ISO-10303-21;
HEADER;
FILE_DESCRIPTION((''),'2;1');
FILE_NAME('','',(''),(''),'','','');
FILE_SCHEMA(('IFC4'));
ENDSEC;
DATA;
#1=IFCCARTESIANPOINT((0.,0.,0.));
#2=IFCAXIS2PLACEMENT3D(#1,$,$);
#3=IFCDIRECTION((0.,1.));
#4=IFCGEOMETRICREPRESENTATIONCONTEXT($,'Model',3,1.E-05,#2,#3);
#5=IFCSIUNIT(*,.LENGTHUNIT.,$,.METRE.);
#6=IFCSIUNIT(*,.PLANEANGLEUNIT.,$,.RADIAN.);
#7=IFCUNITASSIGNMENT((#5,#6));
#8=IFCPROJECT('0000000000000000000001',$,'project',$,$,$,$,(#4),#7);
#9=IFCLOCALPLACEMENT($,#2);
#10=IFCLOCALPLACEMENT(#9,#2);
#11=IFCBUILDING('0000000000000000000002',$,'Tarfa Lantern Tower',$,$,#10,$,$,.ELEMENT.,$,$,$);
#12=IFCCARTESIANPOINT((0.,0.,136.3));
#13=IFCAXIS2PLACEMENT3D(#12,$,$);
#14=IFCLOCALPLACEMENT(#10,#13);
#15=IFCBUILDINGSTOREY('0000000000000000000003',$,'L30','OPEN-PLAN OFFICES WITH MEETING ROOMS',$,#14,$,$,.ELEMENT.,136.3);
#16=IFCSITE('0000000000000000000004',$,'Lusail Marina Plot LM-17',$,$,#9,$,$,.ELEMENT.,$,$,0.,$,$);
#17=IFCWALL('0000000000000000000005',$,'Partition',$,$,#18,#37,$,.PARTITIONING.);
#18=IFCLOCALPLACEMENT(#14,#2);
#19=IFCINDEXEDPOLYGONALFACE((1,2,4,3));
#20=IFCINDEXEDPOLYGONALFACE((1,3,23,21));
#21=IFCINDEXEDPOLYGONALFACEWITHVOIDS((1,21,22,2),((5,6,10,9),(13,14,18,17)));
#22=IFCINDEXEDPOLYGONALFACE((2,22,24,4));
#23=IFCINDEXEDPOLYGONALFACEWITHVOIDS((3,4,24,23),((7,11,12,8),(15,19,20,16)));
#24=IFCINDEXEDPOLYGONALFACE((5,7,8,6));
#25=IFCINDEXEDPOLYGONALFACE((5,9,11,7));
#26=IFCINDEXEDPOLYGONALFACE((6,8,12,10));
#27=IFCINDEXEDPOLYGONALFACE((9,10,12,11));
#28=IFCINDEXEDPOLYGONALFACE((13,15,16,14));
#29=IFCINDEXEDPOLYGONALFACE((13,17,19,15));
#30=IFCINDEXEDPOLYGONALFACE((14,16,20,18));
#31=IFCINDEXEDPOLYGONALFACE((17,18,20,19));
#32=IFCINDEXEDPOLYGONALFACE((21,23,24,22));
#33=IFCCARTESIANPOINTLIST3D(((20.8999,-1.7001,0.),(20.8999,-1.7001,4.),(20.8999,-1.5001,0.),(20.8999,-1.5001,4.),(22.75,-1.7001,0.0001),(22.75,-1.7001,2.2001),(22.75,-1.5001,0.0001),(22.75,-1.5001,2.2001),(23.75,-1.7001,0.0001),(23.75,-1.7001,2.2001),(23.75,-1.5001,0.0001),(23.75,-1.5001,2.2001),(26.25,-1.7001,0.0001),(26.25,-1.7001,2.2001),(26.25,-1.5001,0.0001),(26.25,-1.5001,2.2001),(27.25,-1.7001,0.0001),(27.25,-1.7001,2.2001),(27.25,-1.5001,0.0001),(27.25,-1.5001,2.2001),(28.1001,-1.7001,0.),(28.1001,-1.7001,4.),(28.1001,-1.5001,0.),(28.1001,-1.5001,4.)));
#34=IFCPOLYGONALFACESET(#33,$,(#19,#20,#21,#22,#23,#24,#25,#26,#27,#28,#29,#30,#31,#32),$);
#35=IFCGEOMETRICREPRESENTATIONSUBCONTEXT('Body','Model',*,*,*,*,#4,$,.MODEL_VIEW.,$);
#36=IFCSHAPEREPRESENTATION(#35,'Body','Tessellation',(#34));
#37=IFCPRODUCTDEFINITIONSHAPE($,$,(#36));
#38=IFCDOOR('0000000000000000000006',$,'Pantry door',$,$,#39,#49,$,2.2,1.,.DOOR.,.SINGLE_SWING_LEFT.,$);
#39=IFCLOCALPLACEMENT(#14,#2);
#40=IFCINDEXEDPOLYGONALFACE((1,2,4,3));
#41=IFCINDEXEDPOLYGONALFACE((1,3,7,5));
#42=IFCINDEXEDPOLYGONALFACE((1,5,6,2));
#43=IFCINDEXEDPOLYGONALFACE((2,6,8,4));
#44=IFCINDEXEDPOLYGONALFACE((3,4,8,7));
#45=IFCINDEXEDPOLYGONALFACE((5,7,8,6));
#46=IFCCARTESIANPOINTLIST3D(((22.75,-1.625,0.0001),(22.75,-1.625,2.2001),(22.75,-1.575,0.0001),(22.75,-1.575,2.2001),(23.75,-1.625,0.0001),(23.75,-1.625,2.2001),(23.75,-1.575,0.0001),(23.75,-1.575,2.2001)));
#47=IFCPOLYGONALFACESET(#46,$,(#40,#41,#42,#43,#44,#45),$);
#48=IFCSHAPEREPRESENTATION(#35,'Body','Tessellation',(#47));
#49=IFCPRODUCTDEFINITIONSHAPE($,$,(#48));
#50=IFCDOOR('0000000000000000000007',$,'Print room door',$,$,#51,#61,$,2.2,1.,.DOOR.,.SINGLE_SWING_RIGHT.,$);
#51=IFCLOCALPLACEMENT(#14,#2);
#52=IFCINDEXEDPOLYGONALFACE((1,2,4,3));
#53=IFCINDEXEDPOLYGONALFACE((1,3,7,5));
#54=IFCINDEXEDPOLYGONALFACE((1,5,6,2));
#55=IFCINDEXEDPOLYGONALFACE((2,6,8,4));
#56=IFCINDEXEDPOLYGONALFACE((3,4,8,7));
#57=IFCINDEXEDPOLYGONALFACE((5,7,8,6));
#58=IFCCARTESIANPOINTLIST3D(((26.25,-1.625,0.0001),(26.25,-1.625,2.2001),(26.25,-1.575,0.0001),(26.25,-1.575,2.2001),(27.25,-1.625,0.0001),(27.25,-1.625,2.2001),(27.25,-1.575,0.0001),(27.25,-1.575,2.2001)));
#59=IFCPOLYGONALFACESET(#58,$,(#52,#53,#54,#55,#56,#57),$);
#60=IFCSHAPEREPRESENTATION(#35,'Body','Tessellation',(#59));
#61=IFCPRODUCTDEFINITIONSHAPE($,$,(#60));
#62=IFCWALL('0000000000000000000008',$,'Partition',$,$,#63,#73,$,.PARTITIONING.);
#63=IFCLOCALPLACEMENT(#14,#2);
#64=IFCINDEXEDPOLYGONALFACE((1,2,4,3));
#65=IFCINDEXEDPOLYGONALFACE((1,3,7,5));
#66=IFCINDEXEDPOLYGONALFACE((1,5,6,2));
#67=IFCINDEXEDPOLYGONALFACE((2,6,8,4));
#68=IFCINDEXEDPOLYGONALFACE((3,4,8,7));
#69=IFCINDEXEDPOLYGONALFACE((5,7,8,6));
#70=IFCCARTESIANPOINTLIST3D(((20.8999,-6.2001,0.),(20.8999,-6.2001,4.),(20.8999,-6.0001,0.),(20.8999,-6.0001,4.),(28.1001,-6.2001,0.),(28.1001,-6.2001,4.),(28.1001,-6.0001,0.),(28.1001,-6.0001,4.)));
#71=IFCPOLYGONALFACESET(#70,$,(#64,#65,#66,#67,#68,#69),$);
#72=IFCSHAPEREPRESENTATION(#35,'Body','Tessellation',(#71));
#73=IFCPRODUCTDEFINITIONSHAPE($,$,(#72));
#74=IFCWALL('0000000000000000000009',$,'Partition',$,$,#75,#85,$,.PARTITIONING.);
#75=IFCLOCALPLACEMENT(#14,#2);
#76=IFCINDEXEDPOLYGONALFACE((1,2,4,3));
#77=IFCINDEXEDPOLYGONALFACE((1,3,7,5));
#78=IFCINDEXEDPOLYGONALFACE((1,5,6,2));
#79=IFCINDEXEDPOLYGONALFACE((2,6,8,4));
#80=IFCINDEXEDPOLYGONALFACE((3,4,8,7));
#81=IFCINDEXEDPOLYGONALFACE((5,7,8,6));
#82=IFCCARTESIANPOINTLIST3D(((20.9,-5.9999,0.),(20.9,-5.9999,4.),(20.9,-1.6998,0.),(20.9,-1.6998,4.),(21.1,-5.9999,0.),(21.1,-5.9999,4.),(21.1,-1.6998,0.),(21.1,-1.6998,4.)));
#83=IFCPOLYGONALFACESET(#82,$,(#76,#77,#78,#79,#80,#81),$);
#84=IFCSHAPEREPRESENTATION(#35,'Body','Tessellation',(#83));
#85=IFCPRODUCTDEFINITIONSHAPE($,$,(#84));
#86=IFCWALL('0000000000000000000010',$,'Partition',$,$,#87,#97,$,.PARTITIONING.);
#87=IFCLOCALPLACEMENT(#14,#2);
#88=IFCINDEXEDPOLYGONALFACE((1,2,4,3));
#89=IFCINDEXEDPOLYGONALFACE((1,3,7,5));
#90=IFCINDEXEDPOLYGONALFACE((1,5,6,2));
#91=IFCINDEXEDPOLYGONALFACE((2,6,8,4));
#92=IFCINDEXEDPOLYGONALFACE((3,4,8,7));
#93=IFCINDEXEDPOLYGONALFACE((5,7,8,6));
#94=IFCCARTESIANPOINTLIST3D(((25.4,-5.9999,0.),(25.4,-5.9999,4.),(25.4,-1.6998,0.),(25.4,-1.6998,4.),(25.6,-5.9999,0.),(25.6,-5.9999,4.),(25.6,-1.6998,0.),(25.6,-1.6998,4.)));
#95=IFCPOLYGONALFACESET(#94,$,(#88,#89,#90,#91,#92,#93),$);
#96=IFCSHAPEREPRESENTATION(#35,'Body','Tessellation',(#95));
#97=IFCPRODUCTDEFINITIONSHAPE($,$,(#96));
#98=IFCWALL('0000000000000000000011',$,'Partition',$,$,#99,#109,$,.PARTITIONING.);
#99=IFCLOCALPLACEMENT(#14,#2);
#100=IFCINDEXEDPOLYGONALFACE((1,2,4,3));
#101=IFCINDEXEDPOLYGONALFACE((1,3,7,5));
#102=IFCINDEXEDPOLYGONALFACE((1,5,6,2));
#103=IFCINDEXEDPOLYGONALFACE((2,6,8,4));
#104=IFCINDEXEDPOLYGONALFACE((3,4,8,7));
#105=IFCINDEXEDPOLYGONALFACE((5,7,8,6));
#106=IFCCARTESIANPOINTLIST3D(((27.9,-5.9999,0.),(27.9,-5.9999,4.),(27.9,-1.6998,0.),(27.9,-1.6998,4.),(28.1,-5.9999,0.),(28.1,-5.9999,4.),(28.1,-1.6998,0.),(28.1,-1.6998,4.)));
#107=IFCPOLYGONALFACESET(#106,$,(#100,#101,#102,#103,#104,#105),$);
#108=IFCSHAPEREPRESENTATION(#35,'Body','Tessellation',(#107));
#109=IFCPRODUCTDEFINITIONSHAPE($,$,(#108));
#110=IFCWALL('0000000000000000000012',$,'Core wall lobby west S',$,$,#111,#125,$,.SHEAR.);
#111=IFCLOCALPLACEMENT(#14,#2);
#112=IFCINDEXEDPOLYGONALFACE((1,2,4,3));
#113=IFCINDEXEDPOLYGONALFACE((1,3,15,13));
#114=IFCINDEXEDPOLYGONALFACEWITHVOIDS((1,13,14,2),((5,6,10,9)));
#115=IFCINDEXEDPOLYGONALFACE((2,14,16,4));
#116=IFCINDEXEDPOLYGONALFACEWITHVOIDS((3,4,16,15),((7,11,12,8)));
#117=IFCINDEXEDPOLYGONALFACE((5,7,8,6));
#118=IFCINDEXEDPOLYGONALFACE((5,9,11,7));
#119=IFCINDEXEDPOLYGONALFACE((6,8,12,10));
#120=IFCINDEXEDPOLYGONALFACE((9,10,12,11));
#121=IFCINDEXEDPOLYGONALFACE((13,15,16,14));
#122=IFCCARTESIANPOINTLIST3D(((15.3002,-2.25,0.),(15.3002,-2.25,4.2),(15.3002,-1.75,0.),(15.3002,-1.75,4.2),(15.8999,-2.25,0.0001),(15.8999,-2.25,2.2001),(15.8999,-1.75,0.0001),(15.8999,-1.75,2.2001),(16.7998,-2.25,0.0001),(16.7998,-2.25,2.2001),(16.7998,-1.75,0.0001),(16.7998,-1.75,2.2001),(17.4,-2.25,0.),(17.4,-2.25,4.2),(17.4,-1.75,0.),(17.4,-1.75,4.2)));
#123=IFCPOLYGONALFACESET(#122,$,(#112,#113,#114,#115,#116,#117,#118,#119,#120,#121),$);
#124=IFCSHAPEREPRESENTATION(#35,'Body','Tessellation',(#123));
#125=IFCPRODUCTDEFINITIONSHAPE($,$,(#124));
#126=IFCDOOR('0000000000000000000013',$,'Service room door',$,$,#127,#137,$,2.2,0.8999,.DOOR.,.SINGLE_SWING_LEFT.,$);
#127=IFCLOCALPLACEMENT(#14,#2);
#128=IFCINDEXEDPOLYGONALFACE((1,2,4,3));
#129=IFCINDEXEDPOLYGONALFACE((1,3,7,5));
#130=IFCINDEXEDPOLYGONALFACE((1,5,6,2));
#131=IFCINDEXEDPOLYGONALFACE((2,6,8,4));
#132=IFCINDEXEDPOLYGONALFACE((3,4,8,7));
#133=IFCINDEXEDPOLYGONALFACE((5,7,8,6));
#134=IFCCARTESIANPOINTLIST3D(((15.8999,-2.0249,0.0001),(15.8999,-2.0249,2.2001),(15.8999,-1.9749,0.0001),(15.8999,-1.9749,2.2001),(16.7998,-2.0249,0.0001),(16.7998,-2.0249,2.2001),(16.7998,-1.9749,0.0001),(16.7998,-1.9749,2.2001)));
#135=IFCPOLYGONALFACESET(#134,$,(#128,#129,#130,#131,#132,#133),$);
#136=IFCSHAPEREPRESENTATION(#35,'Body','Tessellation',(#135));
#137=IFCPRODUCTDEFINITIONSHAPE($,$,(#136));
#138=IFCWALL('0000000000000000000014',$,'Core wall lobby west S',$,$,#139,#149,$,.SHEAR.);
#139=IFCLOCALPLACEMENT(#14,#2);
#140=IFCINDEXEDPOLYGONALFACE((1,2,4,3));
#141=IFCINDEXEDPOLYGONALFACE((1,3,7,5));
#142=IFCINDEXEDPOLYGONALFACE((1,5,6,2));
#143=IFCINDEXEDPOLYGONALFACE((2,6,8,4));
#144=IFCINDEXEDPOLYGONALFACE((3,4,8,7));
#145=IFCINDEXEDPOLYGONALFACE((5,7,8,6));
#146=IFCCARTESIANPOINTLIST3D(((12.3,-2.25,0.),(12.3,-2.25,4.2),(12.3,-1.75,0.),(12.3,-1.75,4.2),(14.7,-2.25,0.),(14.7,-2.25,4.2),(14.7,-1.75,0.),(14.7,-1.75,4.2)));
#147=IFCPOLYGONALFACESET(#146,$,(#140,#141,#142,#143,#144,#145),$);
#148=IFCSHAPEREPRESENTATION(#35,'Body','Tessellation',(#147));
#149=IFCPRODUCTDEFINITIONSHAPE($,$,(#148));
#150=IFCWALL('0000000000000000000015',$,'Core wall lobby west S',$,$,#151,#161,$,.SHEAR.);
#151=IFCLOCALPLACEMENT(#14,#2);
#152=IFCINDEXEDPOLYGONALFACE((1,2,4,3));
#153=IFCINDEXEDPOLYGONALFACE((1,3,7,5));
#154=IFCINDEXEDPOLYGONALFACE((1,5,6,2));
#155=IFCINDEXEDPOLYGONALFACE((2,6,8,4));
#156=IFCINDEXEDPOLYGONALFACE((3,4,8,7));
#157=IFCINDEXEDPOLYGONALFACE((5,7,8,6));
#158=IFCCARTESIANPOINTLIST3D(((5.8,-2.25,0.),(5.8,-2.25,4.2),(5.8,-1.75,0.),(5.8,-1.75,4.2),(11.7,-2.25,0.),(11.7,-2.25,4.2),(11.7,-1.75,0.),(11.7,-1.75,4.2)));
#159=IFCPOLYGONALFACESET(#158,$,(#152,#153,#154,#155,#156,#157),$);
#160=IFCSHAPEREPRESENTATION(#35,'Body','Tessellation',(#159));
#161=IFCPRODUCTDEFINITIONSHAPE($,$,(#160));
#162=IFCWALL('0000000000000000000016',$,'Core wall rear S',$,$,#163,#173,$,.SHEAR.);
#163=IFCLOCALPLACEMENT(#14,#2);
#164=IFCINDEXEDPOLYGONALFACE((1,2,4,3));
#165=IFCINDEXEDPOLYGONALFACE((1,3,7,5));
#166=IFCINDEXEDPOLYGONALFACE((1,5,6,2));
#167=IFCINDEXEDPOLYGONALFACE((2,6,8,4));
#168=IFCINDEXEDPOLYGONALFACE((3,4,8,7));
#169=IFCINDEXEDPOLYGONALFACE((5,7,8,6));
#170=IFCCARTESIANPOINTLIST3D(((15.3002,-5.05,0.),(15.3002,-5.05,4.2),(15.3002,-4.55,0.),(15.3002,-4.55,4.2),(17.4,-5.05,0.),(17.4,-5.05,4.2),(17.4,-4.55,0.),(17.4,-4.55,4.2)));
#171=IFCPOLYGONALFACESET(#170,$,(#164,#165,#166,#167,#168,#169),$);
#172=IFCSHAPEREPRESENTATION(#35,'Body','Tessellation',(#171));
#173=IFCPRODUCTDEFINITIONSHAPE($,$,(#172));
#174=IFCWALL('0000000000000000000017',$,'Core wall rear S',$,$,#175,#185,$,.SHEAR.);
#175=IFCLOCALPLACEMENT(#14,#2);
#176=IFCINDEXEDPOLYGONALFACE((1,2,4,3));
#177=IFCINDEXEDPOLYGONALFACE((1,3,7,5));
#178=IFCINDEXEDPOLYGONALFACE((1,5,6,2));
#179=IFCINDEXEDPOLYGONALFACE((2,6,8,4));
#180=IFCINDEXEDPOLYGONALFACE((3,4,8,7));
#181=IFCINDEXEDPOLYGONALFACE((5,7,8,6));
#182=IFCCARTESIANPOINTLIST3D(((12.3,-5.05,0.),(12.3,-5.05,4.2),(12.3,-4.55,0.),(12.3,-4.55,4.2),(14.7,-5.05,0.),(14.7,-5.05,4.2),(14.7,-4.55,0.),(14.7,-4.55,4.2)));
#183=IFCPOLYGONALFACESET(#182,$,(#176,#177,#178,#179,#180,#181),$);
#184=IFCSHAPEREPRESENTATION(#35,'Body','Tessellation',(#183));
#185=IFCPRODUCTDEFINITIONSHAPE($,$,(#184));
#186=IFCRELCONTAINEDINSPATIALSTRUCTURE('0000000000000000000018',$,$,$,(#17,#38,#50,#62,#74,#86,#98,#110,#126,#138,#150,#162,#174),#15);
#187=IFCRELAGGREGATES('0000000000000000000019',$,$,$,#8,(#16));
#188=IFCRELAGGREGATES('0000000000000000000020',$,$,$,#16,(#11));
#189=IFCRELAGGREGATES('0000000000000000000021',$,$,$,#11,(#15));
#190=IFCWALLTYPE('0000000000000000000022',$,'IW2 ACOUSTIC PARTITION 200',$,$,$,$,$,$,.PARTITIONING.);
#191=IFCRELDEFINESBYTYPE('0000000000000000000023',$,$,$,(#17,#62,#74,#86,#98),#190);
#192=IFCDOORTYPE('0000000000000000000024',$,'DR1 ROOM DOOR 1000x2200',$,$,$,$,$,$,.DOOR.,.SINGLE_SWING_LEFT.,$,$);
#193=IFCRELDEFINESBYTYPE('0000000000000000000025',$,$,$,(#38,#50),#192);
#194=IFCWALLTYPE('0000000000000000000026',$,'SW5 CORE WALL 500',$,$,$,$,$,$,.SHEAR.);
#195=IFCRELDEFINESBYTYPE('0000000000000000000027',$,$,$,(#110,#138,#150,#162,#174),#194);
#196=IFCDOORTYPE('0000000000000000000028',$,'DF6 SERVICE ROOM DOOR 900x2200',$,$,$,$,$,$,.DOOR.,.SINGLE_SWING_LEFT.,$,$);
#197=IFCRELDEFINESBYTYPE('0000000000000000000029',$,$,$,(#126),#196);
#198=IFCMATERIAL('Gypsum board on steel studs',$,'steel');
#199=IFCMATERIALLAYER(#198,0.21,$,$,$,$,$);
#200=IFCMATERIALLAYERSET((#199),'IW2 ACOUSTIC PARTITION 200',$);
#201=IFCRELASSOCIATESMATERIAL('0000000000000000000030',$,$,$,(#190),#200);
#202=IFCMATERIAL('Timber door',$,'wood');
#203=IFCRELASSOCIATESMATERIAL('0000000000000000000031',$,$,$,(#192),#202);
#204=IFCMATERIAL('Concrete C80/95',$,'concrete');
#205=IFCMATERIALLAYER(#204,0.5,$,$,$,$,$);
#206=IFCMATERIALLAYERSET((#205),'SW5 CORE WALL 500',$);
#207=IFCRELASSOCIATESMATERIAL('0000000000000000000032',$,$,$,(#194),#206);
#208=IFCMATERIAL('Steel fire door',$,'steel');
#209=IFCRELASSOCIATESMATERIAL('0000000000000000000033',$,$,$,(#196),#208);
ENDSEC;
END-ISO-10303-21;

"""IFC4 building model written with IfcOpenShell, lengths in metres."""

from ifc_helpers import new_model, si_unit, direction, frame, frame_2d, origin, place, context, subcontext, project, spatial, rectangle, extrude, material, layer, layer_set, type_object, element, fill, save


model = new_model("IFC4")

# Units and contexts
model_context = context("Model", 3, precision=1e-05, world=origin(), true_north=direction((0.0, 1.0)))
body_context = subcontext(model_context, "Body", "Model", "MODEL_VIEW")
ifc_project = project(units=[si_unit("LENGTHUNIT", "METRE"), si_unit("PLANEANGLEUNIT", "RADIAN")], contexts=[model_context])

# Site, building, storey
site_placement = place(None, origin())
site = spatial("IfcSite", under=ifc_project, at=site_placement, Name="Lusail Marina Plot LM-17", CompositionType="ELEMENT", RefElevation=0.0)
building_placement = place(site_placement, origin())
building = spatial("IfcBuilding", under=site, at=building_placement, Name="Tarfa Lantern Tower", CompositionType="ELEMENT")
storey_placement = place(building_placement, frame((0.0, 0.0, 136.3)))
storey = spatial("IfcBuildingStorey", under=building, at=storey_placement, Name="L30", Description="OPEN-PLAN OFFICES WITH MEETING ROOMS", CompositionType="ELEMENT", Elevation=136.3)

# Shared definitions
ifc_material_1 = material(Name="Concrete C80/95", Category="concrete")

# Wall, openings, doors
ifc_material_2 = material(Name="Gypsum board on steel studs", Category="steel")
ifc_layer_1 = layer(ifc_material_2, 0.21)
ifc_layer_set_1 = layer_set([ifc_layer_1], Name="IW2 ACOUSTIC PARTITION 200")
wall_type_1 = type_object("IfcWallType", Name="IW2 ACOUSTIC PARTITION 200", PredefinedType="PARTITIONING", material=ifc_layer_set_1)
wall_1_placement = place(storey_placement, frame((20.8999, -1.6001, 0.0), z_axis=(0.0, 0.0, 1.0), x_axis=(1.0, 0.0, 0.0)))
wall_1 = element("IfcWall", 1, at=wall_1_placement, inside=storey, type_object=wall_type_1, Name="Partition", PredefinedType="PARTITIONING", context=body_context, shape_type="SweptSolid", body=[
    extrude(rectangle(XDim=7.2002, YDim=0.2, at=frame_2d((3.6001, 0.0))), origin(), (0.0, 0.0, 1.0), 4.0),
])
opening_1_placement = place(wall_1_placement, frame((1.8501, 0.0, 0.0)))
opening_1 = element("IfcOpeningElement", 2, at=opening_1_placement, cuts=wall_1, PredefinedType="OPENING", context=body_context, shape_type="SweptSolid", body=[
    extrude(rectangle(XDim=1.0, YDim=2.2, at=frame_2d((0.5, 1.1001))), frame((0.0, 0.1099, 0.0), z_axis=(0.0, -1.0, 0.0), x_axis=(1.0, 0.0, 0.0)), (0.0, 0.0, 1.0), 0.22),
])
opening_2_placement = place(wall_1_placement, frame((5.3501, 0.0, 0.0)))
opening_2 = element("IfcOpeningElement", 3, at=opening_2_placement, cuts=wall_1, PredefinedType="OPENING", context=body_context, shape_type="SweptSolid", body=[
    extrude(rectangle(XDim=1.0, YDim=2.2, at=frame_2d((0.5, 1.1001))), frame((0.0, 0.1099, 0.0), z_axis=(0.0, -1.0, 0.0), x_axis=(1.0, 0.0, 0.0)), (0.0, 0.0, 1.0), 0.22),
])
ifc_material_3 = material(Name="Timber door", Category="wood")
door_type_1 = type_object("IfcDoorType", Name="DR1 ROOM DOOR 1000x2200", OperationType="SINGLE_SWING_LEFT", PredefinedType="DOOR", material=ifc_material_3)
door_1_placement = place(opening_1_placement, frame((1.0, 0.0, 0.0), z_axis=(0.0, 0.0, 1.0), x_axis=(-1.0, 0.0, 0.0)))
door_1 = element("IfcDoor", 4, at=door_1_placement, inside=storey, type_object=door_type_1, Name="Pantry door", OperationType="SINGLE_SWING_LEFT", OverallHeight=2.2, OverallWidth=1.0, PredefinedType="DOOR", context=body_context, shape_type="SweptSolid", body=[
    extrude(rectangle(XDim=1.0, YDim=2.2, at=frame_2d((0.5, 1.1001))), frame((0.0, 0.0249, 0.0), z_axis=(0.0, -1.0, 0.0), x_axis=(1.0, 0.0, 0.0)), (0.0, 0.0, 1.0), 0.05),
])
fill(opening_1, door_1)
door_2_placement = place(opening_2_placement, frame((1.0, 0.0, 0.0), z_axis=(0.0, 0.0, 1.0), x_axis=(-1.0, 0.0, 0.0)))
door_2 = element("IfcDoor", 5, at=door_2_placement, inside=storey, type_object=door_type_1, Name="Print room door", OperationType="SINGLE_SWING_RIGHT", OverallHeight=2.2, OverallWidth=1.0, PredefinedType="DOOR", context=body_context, shape_type="SweptSolid", body=[
    extrude(rectangle(XDim=1.0, YDim=2.2, at=frame_2d((0.5, 1.1001))), frame((0.0, 0.0249, 0.0), z_axis=(0.0, -1.0, 0.0), x_axis=(1.0, 0.0, 0.0)), (0.0, 0.0, 1.0), 0.05),
])
fill(opening_2, door_2)

# Walls
wall_2_placement = place(storey_placement, frame((20.8999, -6.1001, 0.0), z_axis=(0.0, 0.0, 1.0), x_axis=(1.0, 0.0, 0.0)))
element("IfcWall", 6, at=wall_2_placement, inside=storey, type_object=wall_type_1, Name="Partition", PredefinedType="PARTITIONING", context=body_context, shape_type="SweptSolid", body=[
    extrude(rectangle(XDim=7.2002, YDim=0.2, at=frame_2d((3.6001, 0.0))), origin(), (0.0, 0.0, 1.0), 4.0),
])
for number, where, z_axis, x_axis, name in (
    (7, (21.0, -1.7, 0.0), (0.0, 0.0, 1.0), (0.0, -1.0, 0.0), "Partition"),
    (8, (25.5, -1.7, 0.0), (0.0, 0.0, 1.0), (0.0, -1.0, 0.0), "Partition"),
    (9, (28.0, -1.7, 0.0), (0.0, 0.0, 1.0), (0.0, -1.0, 0.0), "Partition"),
):
    element("IfcWall", number, at=place(storey_placement, frame(where, z_axis=z_axis, x_axis=x_axis)), inside=storey, type_object=wall_type_1, Name=name, PredefinedType="PARTITIONING", context=body_context, shape_type="SweptSolid", body=[
        extrude(rectangle(XDim=4.3, YDim=0.2, at=frame_2d((2.1499, 0.0))), origin(), (0.0, 0.0, 1.0), 4.0),
    ])

# Wall, opening, door
ifc_material_4 = material(Name="Steel fire door", Category="steel")
ifc_layer_2 = layer(ifc_material_1, 0.5)
ifc_layer_set_2 = layer_set([ifc_layer_2], Name="SW5 CORE WALL 500")
wall_type_2 = type_object("IfcWallType", Name="SW5 CORE WALL 500", PredefinedType="SHEAR", material=ifc_layer_set_2)
wall_3_placement = place(storey_placement, frame((17.3999, -2.0, 0.0), z_axis=(0.0, 0.0, 1.0), x_axis=(-1.0, 0.0, 0.0)))
wall_3 = element("IfcWall", 10, at=wall_3_placement, inside=storey, type_object=wall_type_2, Name="Core wall lobby west S", PredefinedType="SHEAR", context=body_context, shape_type="SweptSolid", body=[
    extrude(rectangle(XDim=2.0999, YDim=0.5, at=frame_2d((1.0498, 0.0))), origin(), (0.0, 0.0, 1.0), 4.2),
])
opening_3_placement = place(wall_3_placement, frame((0.6001, 0.0, 0.0)))
opening_3 = element("IfcOpeningElement", 11, at=opening_3_placement, cuts=wall_3, PredefinedType="OPENING", context=body_context, shape_type="SweptSolid", body=[
    extrude(rectangle(XDim=0.8999, YDim=2.2, at=frame_2d((0.45, 1.1001))), frame((0.0, 0.26, 0.0), z_axis=(0.0, -1.0, 0.0), x_axis=(1.0, 0.0, 0.0)), (0.0, 0.0, 1.0), 0.52),
])
door_type_2 = type_object("IfcDoorType", Name="DF6 SERVICE ROOM DOOR 900x2200", OperationType="SINGLE_SWING_LEFT", PredefinedType="DOOR", material=ifc_material_4)
door_3_placement = place(opening_3_placement, origin())
door_3 = element("IfcDoor", 12, at=door_3_placement, inside=storey, type_object=door_type_2, Name="Service room door", OperationType="SINGLE_SWING_LEFT", OverallHeight=2.2, OverallWidth=0.8999, PredefinedType="DOOR", context=body_context, shape_type="SweptSolid", body=[
    extrude(rectangle(XDim=0.8999, YDim=2.2, at=frame_2d((0.45, 1.1001))), frame((0.0, 0.0249, 0.0), z_axis=(0.0, -1.0, 0.0), x_axis=(1.0, 0.0, 0.0)), (0.0, 0.0, 1.0), 0.05),
])
fill(opening_3, door_3)

# Walls
wall_4_placement = place(storey_placement, frame((14.7, -2.0, 0.0), z_axis=(0.0, 0.0, 1.0), x_axis=(-1.0, 0.0, 0.0)))
element("IfcWall", 13, at=wall_4_placement, inside=storey, type_object=wall_type_2, Name="Core wall lobby west S", PredefinedType="SHEAR", context=body_context, shape_type="SweptSolid", body=[
    extrude(rectangle(XDim=2.3999, YDim=0.5, at=frame_2d((1.2, 0.0))), origin(), (0.0, 0.0, 1.0), 4.2),
])
wall_5_placement = place(storey_placement, frame((11.7, -2.0, 0.0), z_axis=(0.0, 0.0, 1.0), x_axis=(-1.0, 0.0, 0.0)))
element("IfcWall", 14, at=wall_5_placement, inside=storey, type_object=wall_type_2, Name="Core wall lobby west S", PredefinedType="SHEAR", context=body_context, shape_type="SweptSolid", body=[
    extrude(rectangle(XDim=5.8999, YDim=0.5, at=frame_2d((2.95, 0.0))), origin(), (0.0, 0.0, 1.0), 4.2),
])
wall_6_placement = place(storey_placement, frame((17.3999, -4.8, 0.0), z_axis=(0.0, 0.0, 1.0), x_axis=(-1.0, 0.0, 0.0)))
element("IfcWall", 15, at=wall_6_placement, inside=storey, type_object=wall_type_2, Name="Core wall rear S", PredefinedType="SHEAR", context=body_context, shape_type="SweptSolid", body=[
    extrude(rectangle(XDim=2.0999, YDim=0.5, at=frame_2d((1.0498, 0.0))), origin(), (0.0, 0.0, 1.0), 4.2),
])
wall_7_placement = place(storey_placement, frame((14.7, -4.8, 0.0), z_axis=(0.0, 0.0, 1.0), x_axis=(-1.0, 0.0, 0.0)))
element("IfcWall", 16, at=wall_7_placement, inside=storey, type_object=wall_type_2, Name="Core wall rear S", PredefinedType="SHEAR", context=body_context, shape_type="SweptSolid", body=[
    extrude(rectangle(XDim=2.3999, YDim=0.5, at=frame_2d((1.2, 0.0))), origin(), (0.0, 0.0, 1.0), 4.2),
])

save(model, "model.ifc")
